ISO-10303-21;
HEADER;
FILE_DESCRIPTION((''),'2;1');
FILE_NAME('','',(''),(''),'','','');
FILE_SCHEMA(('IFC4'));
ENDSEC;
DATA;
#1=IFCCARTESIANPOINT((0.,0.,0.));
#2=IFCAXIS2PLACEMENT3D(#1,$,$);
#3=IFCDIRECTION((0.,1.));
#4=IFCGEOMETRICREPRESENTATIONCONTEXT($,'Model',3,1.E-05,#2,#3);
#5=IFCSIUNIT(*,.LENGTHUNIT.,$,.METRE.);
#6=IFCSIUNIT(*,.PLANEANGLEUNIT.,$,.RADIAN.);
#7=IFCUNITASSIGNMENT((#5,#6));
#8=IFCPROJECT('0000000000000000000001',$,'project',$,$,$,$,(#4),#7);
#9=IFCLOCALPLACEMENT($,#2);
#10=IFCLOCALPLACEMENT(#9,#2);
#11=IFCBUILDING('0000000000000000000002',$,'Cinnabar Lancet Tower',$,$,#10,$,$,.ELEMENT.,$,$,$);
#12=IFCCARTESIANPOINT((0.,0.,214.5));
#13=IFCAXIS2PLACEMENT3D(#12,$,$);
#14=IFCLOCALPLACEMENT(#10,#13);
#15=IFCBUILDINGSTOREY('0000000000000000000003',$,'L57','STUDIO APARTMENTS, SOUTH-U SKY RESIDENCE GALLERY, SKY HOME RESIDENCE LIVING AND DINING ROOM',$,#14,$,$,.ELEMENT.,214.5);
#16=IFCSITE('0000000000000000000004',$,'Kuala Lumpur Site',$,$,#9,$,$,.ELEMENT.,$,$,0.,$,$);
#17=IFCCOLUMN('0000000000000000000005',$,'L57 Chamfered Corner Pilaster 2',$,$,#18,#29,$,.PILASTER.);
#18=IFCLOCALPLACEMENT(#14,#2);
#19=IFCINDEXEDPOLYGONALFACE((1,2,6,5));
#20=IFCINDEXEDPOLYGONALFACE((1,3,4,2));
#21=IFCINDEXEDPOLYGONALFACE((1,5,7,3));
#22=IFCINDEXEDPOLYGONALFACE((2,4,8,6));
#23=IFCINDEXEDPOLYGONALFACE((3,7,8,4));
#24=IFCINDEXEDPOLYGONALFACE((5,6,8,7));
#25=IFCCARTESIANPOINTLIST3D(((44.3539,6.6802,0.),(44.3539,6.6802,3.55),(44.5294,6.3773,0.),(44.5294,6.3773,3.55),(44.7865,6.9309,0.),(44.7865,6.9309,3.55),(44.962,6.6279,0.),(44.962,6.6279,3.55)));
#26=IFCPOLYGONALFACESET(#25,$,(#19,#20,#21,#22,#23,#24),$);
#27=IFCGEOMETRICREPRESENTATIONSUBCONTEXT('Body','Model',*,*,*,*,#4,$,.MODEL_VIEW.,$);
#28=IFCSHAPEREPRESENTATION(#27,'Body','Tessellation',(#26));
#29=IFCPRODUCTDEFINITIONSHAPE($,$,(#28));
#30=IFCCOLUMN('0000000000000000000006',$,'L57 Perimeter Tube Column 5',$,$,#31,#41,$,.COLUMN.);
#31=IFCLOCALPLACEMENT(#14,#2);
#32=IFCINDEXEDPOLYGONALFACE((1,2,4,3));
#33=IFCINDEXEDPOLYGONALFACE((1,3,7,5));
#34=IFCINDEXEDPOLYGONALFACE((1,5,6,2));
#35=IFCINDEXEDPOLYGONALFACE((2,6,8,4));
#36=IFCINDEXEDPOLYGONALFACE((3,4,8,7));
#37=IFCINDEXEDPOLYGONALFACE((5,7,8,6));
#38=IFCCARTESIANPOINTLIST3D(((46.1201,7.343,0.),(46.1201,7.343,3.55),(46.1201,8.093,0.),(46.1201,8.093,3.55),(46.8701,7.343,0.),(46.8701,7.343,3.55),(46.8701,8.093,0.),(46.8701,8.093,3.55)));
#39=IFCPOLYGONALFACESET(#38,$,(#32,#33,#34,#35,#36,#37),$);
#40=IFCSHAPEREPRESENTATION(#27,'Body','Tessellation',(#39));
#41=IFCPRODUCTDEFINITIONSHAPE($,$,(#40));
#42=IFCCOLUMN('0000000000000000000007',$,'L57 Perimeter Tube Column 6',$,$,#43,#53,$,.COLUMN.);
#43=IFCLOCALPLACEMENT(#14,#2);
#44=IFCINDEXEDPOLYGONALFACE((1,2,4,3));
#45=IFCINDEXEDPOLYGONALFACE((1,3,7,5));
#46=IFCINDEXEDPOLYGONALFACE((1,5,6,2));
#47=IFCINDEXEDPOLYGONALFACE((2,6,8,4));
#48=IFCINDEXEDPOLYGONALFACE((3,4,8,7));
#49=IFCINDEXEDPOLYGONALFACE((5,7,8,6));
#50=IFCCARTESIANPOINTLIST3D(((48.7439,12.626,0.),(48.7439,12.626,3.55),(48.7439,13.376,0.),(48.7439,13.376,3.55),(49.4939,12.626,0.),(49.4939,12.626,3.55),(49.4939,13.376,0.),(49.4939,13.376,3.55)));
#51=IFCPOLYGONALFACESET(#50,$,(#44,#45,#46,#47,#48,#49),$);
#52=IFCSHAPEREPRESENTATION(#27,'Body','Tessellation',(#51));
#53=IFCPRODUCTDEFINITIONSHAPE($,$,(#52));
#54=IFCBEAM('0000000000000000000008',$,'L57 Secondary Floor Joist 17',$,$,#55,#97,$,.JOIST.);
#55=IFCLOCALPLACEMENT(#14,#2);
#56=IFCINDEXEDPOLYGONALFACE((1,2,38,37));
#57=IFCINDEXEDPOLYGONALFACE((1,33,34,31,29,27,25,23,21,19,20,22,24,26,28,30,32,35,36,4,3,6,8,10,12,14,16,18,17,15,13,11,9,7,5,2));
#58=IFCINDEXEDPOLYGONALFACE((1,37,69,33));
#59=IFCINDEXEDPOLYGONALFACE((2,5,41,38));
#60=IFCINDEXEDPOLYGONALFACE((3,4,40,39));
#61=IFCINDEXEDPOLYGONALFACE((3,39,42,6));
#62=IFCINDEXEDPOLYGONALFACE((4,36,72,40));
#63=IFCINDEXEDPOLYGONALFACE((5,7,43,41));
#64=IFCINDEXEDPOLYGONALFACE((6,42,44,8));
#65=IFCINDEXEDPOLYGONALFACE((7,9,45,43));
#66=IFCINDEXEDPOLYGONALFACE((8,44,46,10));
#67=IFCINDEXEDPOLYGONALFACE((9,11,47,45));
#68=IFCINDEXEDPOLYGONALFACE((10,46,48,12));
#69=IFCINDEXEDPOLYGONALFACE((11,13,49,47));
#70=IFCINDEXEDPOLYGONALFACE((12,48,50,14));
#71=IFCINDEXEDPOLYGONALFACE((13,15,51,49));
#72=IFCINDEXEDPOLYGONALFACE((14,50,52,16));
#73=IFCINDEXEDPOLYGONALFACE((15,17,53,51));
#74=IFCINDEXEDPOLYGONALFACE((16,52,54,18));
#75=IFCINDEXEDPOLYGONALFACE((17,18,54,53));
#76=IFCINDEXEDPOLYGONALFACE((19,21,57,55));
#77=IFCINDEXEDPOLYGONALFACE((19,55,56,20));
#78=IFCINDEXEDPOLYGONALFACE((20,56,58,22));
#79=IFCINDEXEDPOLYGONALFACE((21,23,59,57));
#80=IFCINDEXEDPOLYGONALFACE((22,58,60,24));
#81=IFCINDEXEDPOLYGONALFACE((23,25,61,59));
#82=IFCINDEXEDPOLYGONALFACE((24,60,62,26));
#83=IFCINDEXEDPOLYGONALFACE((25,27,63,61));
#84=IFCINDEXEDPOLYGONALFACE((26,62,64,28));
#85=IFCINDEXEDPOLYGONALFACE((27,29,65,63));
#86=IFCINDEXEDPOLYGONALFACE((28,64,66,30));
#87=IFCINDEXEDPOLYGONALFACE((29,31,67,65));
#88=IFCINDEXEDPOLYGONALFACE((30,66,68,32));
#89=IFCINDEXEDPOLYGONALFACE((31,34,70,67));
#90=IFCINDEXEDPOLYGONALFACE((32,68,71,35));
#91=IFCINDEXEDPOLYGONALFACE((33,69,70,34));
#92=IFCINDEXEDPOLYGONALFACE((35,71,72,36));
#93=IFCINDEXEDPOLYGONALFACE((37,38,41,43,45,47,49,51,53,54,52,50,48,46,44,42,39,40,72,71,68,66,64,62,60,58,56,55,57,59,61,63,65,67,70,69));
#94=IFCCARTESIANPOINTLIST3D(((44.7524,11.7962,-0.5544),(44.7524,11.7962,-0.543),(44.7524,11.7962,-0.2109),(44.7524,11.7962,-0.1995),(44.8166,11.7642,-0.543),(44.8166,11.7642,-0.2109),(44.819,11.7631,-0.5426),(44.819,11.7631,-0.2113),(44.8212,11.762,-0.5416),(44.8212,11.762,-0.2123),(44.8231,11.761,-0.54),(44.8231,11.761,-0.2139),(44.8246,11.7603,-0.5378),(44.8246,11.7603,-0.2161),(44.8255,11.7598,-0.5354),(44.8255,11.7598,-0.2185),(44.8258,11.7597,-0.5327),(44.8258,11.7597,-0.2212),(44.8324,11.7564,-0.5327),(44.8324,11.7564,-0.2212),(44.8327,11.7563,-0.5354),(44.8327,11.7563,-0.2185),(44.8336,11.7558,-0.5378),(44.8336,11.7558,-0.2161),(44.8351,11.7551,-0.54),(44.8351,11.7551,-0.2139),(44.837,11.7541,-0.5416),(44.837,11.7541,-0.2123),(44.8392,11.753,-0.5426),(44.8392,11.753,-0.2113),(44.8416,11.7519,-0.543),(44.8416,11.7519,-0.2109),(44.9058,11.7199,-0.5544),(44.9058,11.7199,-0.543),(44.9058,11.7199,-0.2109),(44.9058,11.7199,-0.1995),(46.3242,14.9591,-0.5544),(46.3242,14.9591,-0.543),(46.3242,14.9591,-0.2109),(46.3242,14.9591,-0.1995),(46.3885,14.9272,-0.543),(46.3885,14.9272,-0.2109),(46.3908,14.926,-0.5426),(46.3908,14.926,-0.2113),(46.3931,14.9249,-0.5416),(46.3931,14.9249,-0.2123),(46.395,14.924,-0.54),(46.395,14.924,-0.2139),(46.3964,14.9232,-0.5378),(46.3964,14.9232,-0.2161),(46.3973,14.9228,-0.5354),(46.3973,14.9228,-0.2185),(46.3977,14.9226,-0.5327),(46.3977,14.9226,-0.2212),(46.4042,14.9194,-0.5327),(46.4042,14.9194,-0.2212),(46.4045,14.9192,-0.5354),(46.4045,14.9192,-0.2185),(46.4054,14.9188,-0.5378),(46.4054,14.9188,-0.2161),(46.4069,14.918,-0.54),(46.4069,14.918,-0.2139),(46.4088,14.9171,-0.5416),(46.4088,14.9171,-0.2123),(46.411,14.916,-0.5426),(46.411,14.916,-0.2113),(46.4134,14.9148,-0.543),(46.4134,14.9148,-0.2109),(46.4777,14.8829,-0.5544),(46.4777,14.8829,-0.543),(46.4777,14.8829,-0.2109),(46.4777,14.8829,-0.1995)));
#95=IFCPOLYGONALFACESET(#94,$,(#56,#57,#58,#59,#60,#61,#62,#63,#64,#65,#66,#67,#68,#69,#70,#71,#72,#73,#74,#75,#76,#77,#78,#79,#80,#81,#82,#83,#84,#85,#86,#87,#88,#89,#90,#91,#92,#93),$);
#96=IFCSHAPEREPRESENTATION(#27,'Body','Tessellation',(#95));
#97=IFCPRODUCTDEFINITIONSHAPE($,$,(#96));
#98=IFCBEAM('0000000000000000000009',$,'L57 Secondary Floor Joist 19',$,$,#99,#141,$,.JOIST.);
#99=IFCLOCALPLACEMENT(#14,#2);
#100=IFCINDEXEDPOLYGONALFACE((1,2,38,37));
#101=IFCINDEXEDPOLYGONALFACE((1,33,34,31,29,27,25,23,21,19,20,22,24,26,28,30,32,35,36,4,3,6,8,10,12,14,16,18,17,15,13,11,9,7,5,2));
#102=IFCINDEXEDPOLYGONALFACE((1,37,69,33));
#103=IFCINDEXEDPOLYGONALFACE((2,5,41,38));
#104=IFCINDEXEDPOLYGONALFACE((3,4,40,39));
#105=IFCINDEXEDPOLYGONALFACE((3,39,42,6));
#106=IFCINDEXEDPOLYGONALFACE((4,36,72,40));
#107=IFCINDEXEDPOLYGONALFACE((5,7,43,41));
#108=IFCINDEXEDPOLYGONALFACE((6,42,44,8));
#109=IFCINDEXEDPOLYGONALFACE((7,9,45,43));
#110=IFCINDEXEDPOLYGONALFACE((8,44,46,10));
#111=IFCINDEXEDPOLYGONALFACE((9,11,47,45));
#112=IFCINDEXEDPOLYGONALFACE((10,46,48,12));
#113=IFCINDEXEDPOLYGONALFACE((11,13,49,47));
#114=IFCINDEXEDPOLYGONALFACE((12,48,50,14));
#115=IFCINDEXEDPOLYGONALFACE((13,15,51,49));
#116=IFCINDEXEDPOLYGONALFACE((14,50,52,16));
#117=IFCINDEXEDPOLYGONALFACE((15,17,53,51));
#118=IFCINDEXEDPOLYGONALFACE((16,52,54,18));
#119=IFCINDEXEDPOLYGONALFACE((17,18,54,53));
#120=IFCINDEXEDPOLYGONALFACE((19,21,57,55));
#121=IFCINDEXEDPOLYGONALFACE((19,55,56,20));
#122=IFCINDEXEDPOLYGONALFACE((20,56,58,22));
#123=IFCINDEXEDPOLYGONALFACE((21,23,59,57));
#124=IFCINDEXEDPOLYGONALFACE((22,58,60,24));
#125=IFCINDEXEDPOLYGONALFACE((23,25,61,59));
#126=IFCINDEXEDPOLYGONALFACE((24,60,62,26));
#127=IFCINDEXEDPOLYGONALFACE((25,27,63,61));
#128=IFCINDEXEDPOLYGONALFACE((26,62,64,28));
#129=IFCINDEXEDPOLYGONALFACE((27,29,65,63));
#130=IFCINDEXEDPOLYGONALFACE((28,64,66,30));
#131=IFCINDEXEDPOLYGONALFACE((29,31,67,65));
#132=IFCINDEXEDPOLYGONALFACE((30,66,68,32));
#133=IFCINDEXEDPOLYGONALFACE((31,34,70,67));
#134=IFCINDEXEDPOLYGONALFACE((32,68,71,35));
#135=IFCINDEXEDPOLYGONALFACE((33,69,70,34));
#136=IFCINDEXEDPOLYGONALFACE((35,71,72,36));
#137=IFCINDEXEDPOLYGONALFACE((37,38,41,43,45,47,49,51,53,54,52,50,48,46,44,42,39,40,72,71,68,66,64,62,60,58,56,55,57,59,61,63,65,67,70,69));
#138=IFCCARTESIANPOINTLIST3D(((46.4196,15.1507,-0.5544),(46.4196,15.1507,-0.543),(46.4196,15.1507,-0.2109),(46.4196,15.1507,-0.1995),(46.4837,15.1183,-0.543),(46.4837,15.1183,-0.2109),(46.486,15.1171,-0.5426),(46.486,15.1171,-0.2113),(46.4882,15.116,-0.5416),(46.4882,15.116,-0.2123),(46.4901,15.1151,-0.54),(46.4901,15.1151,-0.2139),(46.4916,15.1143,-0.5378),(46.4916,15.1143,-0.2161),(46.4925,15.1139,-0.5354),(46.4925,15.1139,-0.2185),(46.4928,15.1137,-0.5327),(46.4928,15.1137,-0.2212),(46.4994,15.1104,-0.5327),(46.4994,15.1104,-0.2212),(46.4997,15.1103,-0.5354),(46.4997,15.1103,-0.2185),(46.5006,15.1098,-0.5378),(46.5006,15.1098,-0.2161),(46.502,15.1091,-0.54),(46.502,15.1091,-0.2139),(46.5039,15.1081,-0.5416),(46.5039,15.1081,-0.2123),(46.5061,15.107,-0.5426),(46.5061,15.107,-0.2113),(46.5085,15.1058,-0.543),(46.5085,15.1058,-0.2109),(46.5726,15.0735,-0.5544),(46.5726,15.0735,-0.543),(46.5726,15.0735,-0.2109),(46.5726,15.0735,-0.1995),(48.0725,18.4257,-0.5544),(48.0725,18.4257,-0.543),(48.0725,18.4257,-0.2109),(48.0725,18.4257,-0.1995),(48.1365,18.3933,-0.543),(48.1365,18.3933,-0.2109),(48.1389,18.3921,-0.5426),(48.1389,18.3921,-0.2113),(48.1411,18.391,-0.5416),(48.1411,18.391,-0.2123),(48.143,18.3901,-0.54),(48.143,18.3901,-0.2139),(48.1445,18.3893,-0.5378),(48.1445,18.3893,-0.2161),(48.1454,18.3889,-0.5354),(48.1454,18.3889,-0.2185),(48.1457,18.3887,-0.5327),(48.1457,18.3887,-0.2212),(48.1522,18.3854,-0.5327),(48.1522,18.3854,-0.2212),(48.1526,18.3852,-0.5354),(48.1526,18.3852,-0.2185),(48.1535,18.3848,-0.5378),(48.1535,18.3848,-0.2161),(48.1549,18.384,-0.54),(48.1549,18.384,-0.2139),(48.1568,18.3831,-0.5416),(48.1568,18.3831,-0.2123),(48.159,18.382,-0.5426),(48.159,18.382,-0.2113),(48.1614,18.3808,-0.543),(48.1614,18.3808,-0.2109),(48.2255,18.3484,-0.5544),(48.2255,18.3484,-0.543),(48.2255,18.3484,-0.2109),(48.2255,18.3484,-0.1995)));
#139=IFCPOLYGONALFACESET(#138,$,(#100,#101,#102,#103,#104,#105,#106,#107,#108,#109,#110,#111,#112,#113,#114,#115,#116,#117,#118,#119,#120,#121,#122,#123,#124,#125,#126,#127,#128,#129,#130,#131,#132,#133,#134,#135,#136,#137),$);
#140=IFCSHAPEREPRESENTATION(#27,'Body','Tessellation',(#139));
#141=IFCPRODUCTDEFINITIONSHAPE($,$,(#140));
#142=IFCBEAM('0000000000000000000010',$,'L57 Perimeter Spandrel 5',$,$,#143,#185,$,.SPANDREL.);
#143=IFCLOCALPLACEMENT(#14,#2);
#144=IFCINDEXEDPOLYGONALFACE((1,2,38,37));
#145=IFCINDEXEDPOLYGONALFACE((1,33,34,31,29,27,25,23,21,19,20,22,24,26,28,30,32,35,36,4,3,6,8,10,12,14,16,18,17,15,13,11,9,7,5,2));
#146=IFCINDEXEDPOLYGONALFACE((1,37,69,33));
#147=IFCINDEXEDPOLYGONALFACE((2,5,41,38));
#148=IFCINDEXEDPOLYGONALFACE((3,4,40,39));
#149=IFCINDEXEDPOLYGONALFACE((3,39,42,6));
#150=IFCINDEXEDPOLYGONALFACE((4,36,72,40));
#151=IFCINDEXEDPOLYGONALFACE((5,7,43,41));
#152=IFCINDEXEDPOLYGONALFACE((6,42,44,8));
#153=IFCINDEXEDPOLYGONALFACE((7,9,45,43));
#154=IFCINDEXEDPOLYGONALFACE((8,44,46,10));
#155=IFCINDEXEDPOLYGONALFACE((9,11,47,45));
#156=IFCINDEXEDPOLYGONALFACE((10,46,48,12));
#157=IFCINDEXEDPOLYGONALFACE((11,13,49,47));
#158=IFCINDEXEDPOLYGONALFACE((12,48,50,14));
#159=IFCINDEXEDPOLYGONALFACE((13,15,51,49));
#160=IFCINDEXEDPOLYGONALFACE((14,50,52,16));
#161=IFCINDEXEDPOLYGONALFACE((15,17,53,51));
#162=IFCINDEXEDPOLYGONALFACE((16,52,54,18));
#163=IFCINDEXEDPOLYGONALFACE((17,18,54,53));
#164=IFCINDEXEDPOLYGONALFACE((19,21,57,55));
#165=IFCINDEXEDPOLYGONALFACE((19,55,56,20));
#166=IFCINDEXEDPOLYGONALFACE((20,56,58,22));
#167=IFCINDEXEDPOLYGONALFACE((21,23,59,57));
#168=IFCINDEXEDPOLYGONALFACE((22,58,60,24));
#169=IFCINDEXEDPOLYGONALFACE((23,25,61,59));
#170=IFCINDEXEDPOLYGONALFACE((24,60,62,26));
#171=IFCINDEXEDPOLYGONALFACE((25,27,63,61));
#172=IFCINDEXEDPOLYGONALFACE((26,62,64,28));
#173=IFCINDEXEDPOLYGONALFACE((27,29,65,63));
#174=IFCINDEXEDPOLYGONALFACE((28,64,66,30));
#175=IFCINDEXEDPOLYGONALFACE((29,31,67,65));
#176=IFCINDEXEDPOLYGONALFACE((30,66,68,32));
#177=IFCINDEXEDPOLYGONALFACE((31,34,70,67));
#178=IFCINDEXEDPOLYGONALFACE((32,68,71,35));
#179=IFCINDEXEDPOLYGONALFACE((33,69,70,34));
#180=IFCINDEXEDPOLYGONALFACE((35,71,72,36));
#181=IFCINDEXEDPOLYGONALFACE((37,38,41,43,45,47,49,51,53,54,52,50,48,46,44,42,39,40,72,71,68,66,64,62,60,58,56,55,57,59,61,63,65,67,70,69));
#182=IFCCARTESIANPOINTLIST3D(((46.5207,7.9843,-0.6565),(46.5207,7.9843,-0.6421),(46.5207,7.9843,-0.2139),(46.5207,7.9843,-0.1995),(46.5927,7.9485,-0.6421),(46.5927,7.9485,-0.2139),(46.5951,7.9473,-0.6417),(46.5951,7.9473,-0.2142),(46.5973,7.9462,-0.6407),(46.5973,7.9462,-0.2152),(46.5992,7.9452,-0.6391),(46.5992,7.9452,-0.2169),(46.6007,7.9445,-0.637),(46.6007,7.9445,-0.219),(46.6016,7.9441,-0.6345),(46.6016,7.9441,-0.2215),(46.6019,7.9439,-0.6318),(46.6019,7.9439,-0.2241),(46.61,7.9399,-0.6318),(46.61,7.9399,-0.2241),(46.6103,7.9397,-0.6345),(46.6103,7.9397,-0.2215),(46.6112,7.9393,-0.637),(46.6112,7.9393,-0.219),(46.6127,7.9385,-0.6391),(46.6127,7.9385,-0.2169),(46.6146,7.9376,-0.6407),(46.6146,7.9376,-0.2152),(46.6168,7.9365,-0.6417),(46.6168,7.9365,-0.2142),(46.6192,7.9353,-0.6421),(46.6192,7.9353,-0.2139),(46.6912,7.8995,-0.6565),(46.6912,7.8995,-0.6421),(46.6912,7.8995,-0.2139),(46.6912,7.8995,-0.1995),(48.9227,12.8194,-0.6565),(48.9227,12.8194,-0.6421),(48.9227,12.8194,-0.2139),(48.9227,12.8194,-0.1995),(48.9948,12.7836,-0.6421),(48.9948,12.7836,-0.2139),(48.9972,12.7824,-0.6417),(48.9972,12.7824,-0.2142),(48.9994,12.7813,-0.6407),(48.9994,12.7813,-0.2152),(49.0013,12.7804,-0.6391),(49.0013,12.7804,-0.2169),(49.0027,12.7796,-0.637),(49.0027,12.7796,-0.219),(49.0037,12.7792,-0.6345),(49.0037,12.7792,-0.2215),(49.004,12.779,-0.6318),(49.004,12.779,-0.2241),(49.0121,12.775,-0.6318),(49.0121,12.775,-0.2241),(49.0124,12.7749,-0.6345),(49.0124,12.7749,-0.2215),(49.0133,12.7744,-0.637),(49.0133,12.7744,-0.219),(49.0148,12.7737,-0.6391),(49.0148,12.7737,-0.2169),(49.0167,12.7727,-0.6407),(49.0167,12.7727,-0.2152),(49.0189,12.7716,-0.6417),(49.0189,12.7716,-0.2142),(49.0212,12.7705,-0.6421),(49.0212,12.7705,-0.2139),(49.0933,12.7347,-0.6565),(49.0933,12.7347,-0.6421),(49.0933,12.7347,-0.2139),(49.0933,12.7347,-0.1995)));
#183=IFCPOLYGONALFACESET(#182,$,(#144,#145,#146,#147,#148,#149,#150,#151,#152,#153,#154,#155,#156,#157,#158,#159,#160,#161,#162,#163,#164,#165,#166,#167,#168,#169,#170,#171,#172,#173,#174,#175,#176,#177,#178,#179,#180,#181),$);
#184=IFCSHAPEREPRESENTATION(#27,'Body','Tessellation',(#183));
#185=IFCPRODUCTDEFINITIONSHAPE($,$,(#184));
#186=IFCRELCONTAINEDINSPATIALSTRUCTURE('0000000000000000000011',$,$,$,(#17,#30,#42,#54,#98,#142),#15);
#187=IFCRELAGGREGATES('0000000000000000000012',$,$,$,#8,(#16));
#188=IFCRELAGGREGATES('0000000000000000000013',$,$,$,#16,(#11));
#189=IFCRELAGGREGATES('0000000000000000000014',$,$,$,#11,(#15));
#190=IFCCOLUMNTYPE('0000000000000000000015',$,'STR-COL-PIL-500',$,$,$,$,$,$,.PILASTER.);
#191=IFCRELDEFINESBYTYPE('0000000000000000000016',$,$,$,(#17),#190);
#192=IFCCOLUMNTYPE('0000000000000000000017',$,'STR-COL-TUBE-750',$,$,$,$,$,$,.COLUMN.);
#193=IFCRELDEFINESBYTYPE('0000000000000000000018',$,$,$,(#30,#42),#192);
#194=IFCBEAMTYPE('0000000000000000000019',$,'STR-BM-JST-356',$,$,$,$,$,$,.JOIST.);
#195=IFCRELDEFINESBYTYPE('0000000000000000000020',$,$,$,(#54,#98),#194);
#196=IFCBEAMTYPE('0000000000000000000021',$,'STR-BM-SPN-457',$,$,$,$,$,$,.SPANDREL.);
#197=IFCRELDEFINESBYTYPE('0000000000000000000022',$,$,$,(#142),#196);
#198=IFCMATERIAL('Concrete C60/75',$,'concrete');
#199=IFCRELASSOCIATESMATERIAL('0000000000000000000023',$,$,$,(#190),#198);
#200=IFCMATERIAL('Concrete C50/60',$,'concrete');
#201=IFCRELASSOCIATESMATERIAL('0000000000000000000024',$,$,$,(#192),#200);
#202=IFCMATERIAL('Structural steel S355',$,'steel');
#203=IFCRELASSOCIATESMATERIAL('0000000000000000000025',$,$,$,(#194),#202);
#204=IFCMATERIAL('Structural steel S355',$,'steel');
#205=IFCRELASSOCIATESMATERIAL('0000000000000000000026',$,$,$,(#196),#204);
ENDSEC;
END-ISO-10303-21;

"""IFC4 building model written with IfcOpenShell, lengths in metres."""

from ifc_helpers import new_model, si_unit, direction, frame, origin, origin_2d, place, context, subcontext, project, spatial, rectangle, i_section, extrude, material, material_profile, profile_set, type_object, element, save


model = new_model("IFC4")

# Units and contexts
model_context = context("Model", 3, precision=1e-05, world=origin(), true_north=direction((0.0, 1.0)))
body_context = subcontext(model_context, "Body", "Model", "MODEL_VIEW")
ifc_project = project(units=[si_unit("LENGTHUNIT", "METRE"), si_unit("PLANEANGLEUNIT", "RADIAN")], contexts=[model_context])

# Site, building, storey
site_placement = place(None, origin())
site = spatial("IfcSite", under=ifc_project, at=site_placement, Name="Kuala Lumpur Site", CompositionType="ELEMENT", RefElevation=0.0)
building_placement = place(site_placement, origin())
building = spatial("IfcBuilding", under=site, at=building_placement, Name="Cinnabar Lancet Tower", CompositionType="ELEMENT")
storey_placement = place(building_placement, frame((0.0, 0.0, 214.5)))
storey = spatial("IfcBuildingStorey", under=building, at=storey_placement, Name="L57", Description="STUDIO APARTMENTS, SOUTH-U SKY RESIDENCE GALLERY, SKY HOME RESIDENCE LIVING AND DINING ROOM", CompositionType="ELEMENT", Elevation=214.5)

# Columns
ifc_material_1 = material(Name="Concrete C60/75", Category="concrete")
ifc_material_profile_1 = material_profile(ifc_material_1, rectangle(XDim=0.5, YDim=0.3501, at=origin_2d()), Name="RC-PIL 500x350")
ifc_profile_set_1 = profile_set([ifc_material_profile_1], Name="Concrete C60/75")
column_type_1 = type_object("IfcColumnType", Name="STR-COL-PIL-500", PredefinedType="PILASTER", material=ifc_profile_set_1)
column_placement = place(storey_placement, frame((44.658, 6.6541, 0.0), z_axis=(0.0, 0.0, 1.0), x_axis=(0.86523, 0.501375, 0.0)))
element("IfcColumn", 1, at=column_placement, inside=storey, type_object=column_type_1, Name="L57 Chamfered Corner Pilaster 2", PredefinedType="PILASTER", context=body_context, shape_type="SweptSolid", body=[
    extrude(rectangle(XDim=0.5, YDim=0.3501, at=origin_2d()), origin(), (0.0, 0.0, 1.0), 3.55),
])
ifc_material_2 = material(Name="Concrete C50/60", Category="concrete")
ifc_material_profile_2 = material_profile(ifc_material_2, rectangle(XDim=0.75, YDim=0.75, at=origin_2d()), Name="RC-COL 750x750")
ifc_profile_set_2 = profile_set([ifc_material_profile_2], Name="Concrete C50/60")
column_type_2 = type_object("IfcColumnType", Name="STR-COL-TUBE-750", PredefinedType="COLUMN", material=ifc_profile_set_2)
for number, where, z_axis, x_axis, name in (
    (2, (46.4951, 7.718, 0.0), (0.0, 0.0, 1.0), (1.0, 0.0, 0.0), "L57 Perimeter Tube Column 5"),
    (3, (49.1189, 13.001, 0.0), (0.0, 0.0, 1.0), (1.0, 0.0, 0.0), "L57 Perimeter Tube Column 6"),
):
    element("IfcColumn", number, at=place(storey_placement, frame(where, z_axis=z_axis, x_axis=x_axis)), inside=storey, type_object=column_type_2, Name=name, PredefinedType="COLUMN", context=body_context, shape_type="SweptSolid", body=[
        extrude(rectangle(XDim=0.75, YDim=0.75, at=origin_2d()), origin(), (0.0, 0.0, 1.0), 3.55),
    ])

# Beams
ifc_material_3 = material(Name="Structural steel S355", Category="steel")
ifc_material_profile_3 = material_profile(ifc_material_3, i_section(OverallWidth=0.1714, OverallDepth=0.355, WebThickness=0.0073, FlangeThickness=0.0115, FilletRadius=0.0103, at=origin_2d()), Name="UKB 356x171x51")
ifc_profile_set_3 = profile_set([ifc_material_profile_3], Name="Structural steel S355")
beam_type_1 = type_object("IfcBeamType", Name="STR-BM-JST-356", PredefinedType="JOIST", material=ifc_profile_set_3)
beam_1_placement = place(storey_placement, frame((44.8291, 11.7581, -0.377), z_axis=(0.445028, 0.895517, 0.0), x_axis=(-0.895517, 0.445028, 0.0)))
element("IfcBeam", 4, at=beam_1_placement, inside=storey, type_object=beam_type_1, Name="L57 Secondary Floor Joist 17", PredefinedType="JOIST", context=body_context, shape_type="SweptSolid", body=[
    extrude(i_section(OverallWidth=0.1714, OverallDepth=0.355, WebThickness=0.0073, FlangeThickness=0.0115, FilletRadius=0.0103, at=origin_2d()), origin(), (0.0, 0.0, 1.0), 3.532),
])
beam_2_placement = place(storey_placement, frame((46.4961, 15.1121, -0.377), z_axis=(0.450565, 0.892744, 0.0), x_axis=(-0.892744, 0.450565, 0.0)))
element("IfcBeam", 5, at=beam_2_placement, inside=storey, type_object=beam_type_1, Name="L57 Secondary Floor Joist 19", PredefinedType="JOIST", context=body_context, shape_type="SweptSolid", body=[
    extrude(i_section(OverallWidth=0.1714, OverallDepth=0.355, WebThickness=0.0073, FlangeThickness=0.0115, FilletRadius=0.0103, at=origin_2d()), origin(), (0.0, 0.0, 1.0), 3.6685),
])
ifc_material_4 = material(Name="Structural steel S355", Category="steel")
ifc_material_profile_4 = material_profile(ifc_material_4, i_section(OverallWidth=0.1904, OverallDepth=0.457, WebThickness=0.009, FlangeThickness=0.0144, FilletRadius=0.0103, at=origin_2d()), Name="UKB 457x191x74")
ifc_profile_set_4 = profile_set([ifc_material_profile_4], Name="Structural steel S355")
beam_type_2 = type_object("IfcBeamType", Name="STR-BM-SPN-457", PredefinedType="SPANDREL", material=ifc_profile_set_4)
beam_3_placement = place(storey_placement, frame((46.606, 7.9419, -0.428), z_axis=(0.444915, 0.895573, 0.0), x_axis=(-0.895573, 0.444915, 0.0)))
element("IfcBeam", 6, at=beam_3_placement, inside=storey, type_object=beam_type_2, Name="L57 Perimeter Spandrel 5", PredefinedType="SPANDREL", context=body_context, shape_type="SweptSolid", body=[
    extrude(i_section(OverallWidth=0.1904, OverallDepth=0.457, WebThickness=0.009, FlangeThickness=0.0144, FilletRadius=0.0103, at=origin_2d()), origin(), (0.0, 0.0, 1.0), 5.3989),
])

save(model, "model.ifc")
